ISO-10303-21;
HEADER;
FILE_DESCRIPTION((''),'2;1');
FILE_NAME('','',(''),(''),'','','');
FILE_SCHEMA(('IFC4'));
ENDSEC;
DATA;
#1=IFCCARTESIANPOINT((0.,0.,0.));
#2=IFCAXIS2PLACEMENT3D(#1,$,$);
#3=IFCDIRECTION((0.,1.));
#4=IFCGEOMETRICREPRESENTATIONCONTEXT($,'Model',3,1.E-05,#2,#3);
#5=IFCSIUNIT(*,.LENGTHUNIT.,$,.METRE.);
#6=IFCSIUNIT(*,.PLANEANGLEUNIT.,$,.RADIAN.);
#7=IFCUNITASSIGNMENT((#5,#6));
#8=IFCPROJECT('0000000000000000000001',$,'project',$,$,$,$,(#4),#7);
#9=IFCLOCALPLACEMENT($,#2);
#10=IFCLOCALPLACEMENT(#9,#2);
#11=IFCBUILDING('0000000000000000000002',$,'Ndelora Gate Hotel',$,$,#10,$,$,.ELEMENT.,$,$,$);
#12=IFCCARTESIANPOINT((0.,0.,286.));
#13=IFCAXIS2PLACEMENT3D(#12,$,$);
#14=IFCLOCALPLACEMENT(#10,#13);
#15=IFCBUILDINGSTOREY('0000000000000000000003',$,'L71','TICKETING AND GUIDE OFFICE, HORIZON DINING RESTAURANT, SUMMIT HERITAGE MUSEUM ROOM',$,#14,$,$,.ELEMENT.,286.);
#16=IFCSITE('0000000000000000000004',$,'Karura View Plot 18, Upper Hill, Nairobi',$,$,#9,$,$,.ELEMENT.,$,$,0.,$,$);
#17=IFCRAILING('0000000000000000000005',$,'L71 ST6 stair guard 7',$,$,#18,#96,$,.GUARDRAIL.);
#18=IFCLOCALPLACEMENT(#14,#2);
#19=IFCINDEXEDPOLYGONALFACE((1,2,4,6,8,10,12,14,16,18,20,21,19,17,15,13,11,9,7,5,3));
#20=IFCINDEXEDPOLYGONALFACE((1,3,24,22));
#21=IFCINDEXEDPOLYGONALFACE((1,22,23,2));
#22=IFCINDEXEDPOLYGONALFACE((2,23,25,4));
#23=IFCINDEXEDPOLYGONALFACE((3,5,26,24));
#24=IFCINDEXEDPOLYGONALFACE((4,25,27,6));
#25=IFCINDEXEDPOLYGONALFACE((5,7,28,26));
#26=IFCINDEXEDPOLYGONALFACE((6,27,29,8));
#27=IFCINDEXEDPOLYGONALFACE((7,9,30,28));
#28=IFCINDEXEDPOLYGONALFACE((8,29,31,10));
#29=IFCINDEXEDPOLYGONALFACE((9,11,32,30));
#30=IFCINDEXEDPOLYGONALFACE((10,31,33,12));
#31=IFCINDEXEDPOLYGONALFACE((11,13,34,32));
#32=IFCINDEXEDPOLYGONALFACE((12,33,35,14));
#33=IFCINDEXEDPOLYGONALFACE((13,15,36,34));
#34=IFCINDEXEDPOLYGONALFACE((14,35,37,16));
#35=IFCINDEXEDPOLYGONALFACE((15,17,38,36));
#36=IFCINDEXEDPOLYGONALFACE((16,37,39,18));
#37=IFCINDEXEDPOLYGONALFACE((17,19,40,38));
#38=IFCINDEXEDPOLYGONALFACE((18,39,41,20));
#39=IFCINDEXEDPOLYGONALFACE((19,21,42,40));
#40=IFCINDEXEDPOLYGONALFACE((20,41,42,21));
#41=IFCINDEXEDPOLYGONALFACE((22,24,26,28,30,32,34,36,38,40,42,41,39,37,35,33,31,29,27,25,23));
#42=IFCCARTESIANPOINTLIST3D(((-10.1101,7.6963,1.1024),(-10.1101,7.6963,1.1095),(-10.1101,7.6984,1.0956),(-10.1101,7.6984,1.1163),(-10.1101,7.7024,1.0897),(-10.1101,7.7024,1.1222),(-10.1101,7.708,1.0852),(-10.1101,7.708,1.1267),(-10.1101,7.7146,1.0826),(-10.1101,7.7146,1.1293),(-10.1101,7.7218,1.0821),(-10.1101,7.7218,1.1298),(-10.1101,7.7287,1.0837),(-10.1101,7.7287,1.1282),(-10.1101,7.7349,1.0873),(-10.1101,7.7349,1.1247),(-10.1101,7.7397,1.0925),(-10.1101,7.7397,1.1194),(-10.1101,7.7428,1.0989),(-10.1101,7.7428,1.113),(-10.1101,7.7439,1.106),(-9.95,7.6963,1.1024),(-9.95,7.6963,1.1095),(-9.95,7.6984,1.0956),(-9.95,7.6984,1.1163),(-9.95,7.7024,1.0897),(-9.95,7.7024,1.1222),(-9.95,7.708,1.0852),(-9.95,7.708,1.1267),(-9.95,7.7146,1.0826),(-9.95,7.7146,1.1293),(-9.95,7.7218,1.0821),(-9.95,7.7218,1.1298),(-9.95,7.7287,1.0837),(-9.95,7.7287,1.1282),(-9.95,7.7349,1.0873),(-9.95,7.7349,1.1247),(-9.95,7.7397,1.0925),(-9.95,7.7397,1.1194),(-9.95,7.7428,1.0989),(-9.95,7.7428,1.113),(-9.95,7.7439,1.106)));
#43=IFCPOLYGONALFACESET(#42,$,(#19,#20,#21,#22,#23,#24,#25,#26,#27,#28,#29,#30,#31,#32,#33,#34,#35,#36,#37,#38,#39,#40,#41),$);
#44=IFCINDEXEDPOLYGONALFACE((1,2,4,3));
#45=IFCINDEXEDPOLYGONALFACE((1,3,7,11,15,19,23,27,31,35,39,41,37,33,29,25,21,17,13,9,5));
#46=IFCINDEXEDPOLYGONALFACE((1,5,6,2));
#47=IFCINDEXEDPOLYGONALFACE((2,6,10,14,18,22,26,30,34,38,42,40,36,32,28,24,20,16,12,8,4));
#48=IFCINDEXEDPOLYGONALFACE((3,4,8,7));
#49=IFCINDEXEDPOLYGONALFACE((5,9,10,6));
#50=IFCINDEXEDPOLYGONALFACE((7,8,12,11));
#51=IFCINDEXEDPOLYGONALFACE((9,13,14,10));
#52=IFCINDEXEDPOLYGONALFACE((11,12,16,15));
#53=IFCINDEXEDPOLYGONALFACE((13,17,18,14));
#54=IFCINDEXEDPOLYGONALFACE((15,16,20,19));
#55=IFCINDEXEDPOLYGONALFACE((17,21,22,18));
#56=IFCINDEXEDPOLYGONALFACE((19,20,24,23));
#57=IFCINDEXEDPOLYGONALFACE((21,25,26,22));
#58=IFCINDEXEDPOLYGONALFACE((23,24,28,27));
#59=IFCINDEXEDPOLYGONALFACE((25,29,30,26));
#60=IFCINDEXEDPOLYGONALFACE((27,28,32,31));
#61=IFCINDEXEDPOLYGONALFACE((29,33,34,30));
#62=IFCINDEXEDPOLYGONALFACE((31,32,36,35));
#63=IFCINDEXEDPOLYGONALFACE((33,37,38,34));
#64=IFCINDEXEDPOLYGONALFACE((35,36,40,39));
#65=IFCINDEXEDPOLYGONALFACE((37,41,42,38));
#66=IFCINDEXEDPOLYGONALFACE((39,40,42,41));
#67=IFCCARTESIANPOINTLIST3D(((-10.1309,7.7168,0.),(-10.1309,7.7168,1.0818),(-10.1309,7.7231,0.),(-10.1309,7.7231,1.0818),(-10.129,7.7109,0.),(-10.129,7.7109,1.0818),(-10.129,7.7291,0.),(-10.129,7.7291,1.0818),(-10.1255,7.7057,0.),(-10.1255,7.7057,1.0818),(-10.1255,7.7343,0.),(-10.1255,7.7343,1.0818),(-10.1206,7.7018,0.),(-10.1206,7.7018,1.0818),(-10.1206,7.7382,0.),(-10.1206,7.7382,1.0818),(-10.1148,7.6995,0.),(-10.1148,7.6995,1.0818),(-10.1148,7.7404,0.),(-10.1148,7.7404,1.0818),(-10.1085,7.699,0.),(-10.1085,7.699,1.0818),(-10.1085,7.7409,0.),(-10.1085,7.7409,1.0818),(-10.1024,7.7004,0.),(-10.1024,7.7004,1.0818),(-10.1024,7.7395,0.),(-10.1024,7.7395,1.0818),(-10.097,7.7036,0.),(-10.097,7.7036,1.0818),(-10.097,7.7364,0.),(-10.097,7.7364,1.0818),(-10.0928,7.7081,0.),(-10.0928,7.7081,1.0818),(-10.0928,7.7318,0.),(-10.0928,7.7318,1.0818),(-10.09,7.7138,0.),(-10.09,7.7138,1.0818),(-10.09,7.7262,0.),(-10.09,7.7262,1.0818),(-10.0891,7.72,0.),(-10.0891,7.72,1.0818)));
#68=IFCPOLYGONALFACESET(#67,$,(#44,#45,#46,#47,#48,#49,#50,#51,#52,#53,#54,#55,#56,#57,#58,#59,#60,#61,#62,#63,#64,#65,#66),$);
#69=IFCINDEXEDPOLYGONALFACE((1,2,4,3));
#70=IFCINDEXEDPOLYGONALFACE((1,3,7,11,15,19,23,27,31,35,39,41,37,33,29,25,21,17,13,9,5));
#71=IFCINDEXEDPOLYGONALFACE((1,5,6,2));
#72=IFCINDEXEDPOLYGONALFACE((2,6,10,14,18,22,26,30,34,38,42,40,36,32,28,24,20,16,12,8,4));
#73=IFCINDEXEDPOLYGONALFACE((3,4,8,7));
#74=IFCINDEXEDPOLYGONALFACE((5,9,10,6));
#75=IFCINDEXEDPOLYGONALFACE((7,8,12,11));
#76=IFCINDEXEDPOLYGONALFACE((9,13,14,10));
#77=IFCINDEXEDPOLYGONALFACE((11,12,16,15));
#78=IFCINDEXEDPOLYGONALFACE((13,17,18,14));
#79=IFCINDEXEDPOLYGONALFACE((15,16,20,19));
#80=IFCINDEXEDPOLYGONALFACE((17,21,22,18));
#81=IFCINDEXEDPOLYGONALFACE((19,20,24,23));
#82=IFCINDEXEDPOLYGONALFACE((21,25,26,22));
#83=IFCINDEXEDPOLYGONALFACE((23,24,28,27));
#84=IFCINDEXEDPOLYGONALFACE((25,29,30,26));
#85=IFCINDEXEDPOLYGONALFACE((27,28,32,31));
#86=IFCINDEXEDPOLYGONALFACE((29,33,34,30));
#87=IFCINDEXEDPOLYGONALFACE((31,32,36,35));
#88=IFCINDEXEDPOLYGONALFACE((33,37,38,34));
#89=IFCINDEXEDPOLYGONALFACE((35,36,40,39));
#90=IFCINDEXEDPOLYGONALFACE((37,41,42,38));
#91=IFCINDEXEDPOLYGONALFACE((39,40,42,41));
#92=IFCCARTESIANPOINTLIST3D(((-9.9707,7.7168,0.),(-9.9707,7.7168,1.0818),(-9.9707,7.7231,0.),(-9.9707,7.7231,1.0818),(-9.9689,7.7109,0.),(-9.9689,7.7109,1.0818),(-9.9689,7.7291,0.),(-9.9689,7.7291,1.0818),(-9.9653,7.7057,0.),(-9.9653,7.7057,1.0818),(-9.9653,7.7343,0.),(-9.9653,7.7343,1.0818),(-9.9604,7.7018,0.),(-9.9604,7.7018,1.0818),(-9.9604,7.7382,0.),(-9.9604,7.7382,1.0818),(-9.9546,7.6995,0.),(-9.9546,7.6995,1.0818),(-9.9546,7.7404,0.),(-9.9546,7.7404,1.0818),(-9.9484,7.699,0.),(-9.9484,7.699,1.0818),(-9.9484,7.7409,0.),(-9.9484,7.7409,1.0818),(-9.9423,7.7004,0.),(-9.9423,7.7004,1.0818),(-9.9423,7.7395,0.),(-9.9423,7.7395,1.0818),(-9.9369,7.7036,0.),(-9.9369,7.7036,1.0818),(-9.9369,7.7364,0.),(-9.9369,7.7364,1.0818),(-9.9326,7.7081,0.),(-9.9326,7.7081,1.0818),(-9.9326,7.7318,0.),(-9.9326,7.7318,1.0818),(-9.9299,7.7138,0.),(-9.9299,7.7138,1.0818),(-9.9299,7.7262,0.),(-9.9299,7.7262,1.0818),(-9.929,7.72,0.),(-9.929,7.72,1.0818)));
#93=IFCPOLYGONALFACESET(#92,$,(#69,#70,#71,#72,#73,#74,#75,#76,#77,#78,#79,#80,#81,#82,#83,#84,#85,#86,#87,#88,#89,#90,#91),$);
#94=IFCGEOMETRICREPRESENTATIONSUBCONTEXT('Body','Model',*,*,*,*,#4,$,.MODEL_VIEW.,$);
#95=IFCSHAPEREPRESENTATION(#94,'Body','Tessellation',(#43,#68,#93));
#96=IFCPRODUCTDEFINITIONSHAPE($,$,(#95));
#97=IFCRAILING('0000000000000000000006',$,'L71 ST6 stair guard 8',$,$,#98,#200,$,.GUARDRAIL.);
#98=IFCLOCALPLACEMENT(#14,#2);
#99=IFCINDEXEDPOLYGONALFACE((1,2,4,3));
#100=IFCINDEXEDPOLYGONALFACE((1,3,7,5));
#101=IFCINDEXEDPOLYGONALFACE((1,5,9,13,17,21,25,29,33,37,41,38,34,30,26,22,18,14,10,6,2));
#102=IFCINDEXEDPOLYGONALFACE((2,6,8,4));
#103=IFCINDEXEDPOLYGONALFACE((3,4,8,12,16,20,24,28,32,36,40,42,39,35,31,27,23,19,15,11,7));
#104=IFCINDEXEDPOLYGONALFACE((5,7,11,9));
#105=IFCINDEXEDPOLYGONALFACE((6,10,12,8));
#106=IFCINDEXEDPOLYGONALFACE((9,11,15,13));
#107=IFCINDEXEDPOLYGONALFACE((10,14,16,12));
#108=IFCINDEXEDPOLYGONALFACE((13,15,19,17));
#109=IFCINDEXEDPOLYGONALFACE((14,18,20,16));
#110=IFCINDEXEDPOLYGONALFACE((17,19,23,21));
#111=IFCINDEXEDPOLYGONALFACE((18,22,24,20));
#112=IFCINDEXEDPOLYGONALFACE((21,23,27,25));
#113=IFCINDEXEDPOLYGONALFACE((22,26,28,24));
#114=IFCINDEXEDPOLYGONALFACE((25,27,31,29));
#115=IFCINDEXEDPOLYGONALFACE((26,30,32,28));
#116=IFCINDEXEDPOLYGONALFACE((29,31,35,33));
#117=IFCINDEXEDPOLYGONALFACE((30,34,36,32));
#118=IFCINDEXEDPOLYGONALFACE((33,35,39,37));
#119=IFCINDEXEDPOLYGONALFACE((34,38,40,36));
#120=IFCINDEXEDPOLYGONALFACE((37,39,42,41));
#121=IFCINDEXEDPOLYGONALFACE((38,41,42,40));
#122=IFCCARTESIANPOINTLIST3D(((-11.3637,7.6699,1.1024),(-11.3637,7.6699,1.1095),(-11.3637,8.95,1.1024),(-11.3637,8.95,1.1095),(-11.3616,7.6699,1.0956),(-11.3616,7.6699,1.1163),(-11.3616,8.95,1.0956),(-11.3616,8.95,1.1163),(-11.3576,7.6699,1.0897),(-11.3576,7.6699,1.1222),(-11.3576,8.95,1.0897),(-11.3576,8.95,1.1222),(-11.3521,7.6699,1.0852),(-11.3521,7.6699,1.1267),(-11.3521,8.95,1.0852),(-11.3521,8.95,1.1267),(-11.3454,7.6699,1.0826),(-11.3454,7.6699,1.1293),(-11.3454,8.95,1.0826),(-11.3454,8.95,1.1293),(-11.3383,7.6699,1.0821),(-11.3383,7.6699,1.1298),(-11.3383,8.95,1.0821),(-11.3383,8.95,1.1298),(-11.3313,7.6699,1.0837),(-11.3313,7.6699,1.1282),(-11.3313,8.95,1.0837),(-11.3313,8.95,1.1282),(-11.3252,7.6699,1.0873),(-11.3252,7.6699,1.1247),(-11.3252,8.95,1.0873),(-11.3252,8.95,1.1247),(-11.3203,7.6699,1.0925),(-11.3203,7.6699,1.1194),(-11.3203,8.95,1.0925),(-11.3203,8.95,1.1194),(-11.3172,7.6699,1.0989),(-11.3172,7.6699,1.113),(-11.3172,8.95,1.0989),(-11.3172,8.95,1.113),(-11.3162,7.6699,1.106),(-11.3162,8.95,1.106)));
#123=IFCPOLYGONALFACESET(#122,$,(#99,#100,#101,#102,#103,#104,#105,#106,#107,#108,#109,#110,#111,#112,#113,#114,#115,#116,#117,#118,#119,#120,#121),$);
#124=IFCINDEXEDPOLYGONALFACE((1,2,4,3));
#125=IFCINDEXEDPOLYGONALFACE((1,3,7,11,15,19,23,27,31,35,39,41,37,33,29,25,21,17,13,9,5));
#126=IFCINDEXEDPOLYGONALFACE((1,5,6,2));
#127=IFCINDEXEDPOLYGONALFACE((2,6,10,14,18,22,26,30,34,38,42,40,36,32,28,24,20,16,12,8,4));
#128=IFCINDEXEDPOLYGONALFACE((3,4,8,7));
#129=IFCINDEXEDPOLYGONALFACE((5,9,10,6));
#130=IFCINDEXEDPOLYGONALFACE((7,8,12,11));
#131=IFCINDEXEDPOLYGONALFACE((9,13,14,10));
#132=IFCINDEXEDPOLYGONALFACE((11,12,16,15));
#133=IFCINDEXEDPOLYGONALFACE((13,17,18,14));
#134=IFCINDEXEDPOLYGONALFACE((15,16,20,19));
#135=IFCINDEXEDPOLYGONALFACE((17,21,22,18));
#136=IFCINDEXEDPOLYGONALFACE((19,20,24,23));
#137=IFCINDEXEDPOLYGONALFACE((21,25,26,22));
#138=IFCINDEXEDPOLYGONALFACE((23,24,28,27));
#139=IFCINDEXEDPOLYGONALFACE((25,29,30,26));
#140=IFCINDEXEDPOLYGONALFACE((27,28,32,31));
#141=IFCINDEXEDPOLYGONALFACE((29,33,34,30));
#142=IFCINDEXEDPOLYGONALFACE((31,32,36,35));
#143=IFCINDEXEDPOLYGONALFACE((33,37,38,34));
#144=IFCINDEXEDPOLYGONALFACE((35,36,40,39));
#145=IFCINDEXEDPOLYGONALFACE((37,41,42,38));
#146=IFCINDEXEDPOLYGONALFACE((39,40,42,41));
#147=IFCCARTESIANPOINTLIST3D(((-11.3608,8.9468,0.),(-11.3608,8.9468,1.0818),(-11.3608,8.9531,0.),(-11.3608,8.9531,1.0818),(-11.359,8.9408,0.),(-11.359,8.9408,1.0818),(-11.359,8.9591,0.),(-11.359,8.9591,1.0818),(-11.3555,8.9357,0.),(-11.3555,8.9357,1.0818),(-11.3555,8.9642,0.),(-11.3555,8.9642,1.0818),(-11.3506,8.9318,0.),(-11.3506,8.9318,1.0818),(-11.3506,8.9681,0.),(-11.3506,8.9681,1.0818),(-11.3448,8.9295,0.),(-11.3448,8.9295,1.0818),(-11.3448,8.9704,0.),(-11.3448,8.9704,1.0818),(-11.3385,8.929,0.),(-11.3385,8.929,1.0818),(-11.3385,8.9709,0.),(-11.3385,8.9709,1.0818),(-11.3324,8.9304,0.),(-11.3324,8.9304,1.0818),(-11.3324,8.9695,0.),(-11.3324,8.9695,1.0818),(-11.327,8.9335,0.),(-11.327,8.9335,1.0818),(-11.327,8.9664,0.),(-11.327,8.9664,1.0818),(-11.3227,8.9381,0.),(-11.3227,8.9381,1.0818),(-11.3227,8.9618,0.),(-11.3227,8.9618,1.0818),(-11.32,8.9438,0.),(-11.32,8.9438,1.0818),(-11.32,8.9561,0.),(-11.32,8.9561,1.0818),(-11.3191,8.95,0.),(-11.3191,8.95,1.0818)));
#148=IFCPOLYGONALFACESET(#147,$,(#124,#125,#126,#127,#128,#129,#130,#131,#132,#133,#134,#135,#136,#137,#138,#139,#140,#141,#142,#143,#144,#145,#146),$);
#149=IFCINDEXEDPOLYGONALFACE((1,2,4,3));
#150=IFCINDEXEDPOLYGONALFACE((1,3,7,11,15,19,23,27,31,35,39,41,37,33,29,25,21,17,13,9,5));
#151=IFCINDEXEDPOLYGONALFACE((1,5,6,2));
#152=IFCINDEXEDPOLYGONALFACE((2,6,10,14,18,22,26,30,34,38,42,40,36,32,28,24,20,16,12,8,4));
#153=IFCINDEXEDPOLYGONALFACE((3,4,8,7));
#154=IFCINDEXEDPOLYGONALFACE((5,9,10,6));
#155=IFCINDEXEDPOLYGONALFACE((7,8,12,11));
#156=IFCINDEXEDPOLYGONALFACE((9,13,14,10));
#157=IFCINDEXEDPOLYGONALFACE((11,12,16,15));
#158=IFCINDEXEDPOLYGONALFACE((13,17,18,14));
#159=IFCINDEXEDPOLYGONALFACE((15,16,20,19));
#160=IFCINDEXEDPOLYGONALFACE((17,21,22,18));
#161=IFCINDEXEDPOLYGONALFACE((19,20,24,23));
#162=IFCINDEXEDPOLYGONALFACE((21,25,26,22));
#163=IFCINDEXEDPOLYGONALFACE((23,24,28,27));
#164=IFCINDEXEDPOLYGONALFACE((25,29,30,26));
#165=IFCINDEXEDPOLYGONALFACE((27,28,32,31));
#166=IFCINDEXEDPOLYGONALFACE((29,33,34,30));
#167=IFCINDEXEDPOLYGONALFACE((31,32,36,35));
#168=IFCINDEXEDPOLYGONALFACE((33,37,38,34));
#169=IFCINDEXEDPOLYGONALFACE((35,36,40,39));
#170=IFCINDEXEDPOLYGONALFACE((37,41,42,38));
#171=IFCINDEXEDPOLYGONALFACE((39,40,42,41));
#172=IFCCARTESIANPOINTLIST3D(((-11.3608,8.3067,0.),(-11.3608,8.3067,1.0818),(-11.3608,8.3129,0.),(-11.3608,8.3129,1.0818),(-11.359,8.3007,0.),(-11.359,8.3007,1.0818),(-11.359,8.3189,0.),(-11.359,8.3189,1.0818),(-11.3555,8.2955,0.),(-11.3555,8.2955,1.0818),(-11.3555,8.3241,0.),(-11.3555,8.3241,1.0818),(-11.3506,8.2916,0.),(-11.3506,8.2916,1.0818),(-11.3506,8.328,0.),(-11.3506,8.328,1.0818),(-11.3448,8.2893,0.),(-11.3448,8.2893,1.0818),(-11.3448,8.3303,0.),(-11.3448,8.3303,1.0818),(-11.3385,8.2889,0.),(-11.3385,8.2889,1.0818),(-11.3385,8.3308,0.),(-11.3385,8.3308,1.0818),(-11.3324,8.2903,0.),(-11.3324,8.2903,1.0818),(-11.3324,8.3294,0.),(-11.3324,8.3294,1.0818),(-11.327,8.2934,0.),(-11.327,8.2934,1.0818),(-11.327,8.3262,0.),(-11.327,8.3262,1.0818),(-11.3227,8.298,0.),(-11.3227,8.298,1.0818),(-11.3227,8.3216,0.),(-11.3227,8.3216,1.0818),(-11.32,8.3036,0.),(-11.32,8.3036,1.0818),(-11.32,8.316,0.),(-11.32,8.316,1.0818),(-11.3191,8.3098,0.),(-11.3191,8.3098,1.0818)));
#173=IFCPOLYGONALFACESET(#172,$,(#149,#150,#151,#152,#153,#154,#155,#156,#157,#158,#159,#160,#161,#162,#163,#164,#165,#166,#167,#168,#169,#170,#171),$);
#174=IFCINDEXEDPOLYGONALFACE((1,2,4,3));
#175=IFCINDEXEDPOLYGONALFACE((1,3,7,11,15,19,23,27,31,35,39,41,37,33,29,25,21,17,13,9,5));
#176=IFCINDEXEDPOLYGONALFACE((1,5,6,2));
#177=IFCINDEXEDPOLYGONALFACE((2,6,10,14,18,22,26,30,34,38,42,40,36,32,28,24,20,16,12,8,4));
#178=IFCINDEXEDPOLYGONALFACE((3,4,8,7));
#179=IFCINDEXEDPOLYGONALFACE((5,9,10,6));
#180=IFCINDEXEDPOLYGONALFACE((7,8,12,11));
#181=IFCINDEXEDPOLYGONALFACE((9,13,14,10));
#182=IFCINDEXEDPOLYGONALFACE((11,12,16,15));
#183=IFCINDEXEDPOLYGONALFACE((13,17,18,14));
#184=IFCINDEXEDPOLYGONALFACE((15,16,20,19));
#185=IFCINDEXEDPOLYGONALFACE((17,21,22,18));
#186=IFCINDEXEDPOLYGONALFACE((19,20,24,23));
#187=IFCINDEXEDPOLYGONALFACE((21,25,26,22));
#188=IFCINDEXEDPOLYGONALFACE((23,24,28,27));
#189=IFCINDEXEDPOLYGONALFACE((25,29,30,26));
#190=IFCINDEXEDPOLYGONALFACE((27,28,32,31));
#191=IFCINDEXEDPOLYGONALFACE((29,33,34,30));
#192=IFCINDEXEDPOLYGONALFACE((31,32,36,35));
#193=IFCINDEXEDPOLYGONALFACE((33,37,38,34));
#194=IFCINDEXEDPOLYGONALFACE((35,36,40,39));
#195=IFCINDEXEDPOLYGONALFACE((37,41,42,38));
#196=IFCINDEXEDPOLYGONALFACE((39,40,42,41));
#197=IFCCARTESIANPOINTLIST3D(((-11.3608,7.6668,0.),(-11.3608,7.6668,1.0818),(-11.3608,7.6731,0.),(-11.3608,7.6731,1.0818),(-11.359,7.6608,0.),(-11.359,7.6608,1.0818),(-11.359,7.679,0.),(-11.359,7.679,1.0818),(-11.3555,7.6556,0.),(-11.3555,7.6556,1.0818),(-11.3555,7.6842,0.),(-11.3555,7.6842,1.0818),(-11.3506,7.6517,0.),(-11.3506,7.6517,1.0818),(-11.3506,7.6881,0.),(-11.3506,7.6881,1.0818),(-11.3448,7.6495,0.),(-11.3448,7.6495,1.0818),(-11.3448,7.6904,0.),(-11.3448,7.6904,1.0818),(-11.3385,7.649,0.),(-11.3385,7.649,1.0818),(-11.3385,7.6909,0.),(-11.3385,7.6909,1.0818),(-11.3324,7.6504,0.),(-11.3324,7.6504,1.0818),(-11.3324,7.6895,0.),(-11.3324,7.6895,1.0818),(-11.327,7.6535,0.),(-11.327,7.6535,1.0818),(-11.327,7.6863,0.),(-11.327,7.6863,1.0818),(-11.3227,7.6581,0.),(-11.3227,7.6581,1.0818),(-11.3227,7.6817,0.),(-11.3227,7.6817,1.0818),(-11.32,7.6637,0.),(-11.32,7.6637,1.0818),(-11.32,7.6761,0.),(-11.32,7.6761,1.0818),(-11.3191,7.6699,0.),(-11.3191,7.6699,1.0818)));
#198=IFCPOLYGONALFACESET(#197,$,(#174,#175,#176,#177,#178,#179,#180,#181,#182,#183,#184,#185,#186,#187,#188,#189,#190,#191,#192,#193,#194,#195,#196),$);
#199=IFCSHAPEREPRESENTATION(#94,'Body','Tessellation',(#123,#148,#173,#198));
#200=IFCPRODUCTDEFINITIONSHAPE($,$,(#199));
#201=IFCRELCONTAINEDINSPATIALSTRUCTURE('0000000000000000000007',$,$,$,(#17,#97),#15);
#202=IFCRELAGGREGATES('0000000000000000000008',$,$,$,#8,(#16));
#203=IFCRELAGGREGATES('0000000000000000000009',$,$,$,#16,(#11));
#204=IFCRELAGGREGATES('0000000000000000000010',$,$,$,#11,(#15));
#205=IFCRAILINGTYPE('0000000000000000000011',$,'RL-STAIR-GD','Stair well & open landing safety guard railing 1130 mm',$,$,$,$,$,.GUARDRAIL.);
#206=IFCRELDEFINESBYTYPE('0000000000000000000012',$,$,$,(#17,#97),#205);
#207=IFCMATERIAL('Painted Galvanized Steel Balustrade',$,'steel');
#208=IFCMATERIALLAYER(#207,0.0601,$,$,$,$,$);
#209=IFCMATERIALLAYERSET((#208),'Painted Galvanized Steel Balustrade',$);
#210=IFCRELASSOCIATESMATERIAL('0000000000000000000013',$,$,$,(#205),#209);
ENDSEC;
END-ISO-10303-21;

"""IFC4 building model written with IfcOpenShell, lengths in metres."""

from ifc_helpers import new_model, si_unit, direction, frame, origin, origin_2d, place, context, subcontext, project, spatial, circle, extrude, material, layer, layer_set, type_object, element, save


model = new_model("IFC4")

# Units and contexts
model_context = context("Model", 3, precision=1e-05, world=origin(), true_north=direction((0.0, 1.0)))
body_context = subcontext(model_context, "Body", "Model", "MODEL_VIEW")
ifc_project = project(units=[si_unit("LENGTHUNIT", "METRE"), si_unit("PLANEANGLEUNIT", "RADIAN")], contexts=[model_context])

# Site, building, storey
site_placement = place(None, origin())
site = spatial("IfcSite", under=ifc_project, at=site_placement, Name="Karura View Plot 18, Upper Hill, Nairobi", CompositionType="ELEMENT", RefElevation=0.0)
building_placement = place(site_placement, origin())
building = spatial("IfcBuilding", under=site, at=building_placement, Name="Ndelora Gate Hotel", CompositionType="ELEMENT")
storey_placement = place(building_placement, frame((0.0, 0.0, 286.0)))
storey = spatial("IfcBuildingStorey", under=building, at=storey_placement, Name="L71", Description="TICKETING AND GUIDE OFFICE, HORIZON DINING RESTAURANT, SUMMIT HERITAGE MUSEUM ROOM", CompositionType="ELEMENT", Elevation=286.0)

# Railings
ifc_material_1 = material(Name="Painted Galvanized Steel Balustrade", Category="steel")
ifc_layer_1 = layer(ifc_material_1, 0.0601)
ifc_layer_set_1 = layer_set([ifc_layer_1], Name="Painted Galvanized Steel Balustrade")
railing_type_1 = type_object("IfcRailingType", Name="RL-STAIR-GD", Description="Stair well & open landing safety guard railing 1130 mm", PredefinedType="GUARDRAIL", material=ifc_layer_set_1)
railing_1_placement = place(storey_placement, frame((-10.1101, 7.72, 0.0)))
element("IfcRailing", 1, at=railing_1_placement, inside=storey, type_object=railing_type_1, Name="L71 ST6 stair guard 7", PredefinedType="GUARDRAIL", context=body_context, shape_type="SweptSolid", body=[
    extrude(circle(Radius=0.0239, at=origin_2d()), frame((0.0, 0.0, 1.106), z_axis=(1.0, 0.0, 0.0), x_axis=(0.0, 1.0, 0.0)), (0.0, 0.0, 1.0), 0.1602),
    extrude(circle(Radius=0.021, at=origin_2d()), origin(), (0.0, 0.0, 1.0), 1.0818),
    extrude(circle(Radius=0.021, at=origin_2d()), frame((0.1602, 0.0, 0.0)), (0.0, 0.0, 1.0), 1.0818),
])
for number, where, name in (
    (2, (-11.3401, 8.95, 0.0), "L71 ST6 stair guard 8"),
):
    element("IfcRailing", number, at=place(storey_placement, frame(where)), inside=storey, type_object=railing_type_1, Name=name, PredefinedType="GUARDRAIL", context=body_context, shape_type="SweptSolid", body=[
        extrude(circle(Radius=0.0239, at=origin_2d()), frame((0.0, 0.0, 1.106), z_axis=(0.0, -1.0, 0.0), x_axis=(1.0, 0.0, 0.0)), (0.0, 0.0, 1.0), 1.28),
        extrude(circle(Radius=0.021, at=origin_2d()), origin(), (0.0, 0.0, 1.0), 1.0818),
        extrude(circle(Radius=0.021, at=origin_2d()), frame((0.0, -0.6401, 0.0)), (0.0, 0.0, 1.0), 1.0818),
        extrude(circle(Radius=0.021, at=origin_2d()), frame((0.0, -1.28, 0.0)), (0.0, 0.0, 1.0), 1.0818),
    ])

save(model, "model.ifc")
